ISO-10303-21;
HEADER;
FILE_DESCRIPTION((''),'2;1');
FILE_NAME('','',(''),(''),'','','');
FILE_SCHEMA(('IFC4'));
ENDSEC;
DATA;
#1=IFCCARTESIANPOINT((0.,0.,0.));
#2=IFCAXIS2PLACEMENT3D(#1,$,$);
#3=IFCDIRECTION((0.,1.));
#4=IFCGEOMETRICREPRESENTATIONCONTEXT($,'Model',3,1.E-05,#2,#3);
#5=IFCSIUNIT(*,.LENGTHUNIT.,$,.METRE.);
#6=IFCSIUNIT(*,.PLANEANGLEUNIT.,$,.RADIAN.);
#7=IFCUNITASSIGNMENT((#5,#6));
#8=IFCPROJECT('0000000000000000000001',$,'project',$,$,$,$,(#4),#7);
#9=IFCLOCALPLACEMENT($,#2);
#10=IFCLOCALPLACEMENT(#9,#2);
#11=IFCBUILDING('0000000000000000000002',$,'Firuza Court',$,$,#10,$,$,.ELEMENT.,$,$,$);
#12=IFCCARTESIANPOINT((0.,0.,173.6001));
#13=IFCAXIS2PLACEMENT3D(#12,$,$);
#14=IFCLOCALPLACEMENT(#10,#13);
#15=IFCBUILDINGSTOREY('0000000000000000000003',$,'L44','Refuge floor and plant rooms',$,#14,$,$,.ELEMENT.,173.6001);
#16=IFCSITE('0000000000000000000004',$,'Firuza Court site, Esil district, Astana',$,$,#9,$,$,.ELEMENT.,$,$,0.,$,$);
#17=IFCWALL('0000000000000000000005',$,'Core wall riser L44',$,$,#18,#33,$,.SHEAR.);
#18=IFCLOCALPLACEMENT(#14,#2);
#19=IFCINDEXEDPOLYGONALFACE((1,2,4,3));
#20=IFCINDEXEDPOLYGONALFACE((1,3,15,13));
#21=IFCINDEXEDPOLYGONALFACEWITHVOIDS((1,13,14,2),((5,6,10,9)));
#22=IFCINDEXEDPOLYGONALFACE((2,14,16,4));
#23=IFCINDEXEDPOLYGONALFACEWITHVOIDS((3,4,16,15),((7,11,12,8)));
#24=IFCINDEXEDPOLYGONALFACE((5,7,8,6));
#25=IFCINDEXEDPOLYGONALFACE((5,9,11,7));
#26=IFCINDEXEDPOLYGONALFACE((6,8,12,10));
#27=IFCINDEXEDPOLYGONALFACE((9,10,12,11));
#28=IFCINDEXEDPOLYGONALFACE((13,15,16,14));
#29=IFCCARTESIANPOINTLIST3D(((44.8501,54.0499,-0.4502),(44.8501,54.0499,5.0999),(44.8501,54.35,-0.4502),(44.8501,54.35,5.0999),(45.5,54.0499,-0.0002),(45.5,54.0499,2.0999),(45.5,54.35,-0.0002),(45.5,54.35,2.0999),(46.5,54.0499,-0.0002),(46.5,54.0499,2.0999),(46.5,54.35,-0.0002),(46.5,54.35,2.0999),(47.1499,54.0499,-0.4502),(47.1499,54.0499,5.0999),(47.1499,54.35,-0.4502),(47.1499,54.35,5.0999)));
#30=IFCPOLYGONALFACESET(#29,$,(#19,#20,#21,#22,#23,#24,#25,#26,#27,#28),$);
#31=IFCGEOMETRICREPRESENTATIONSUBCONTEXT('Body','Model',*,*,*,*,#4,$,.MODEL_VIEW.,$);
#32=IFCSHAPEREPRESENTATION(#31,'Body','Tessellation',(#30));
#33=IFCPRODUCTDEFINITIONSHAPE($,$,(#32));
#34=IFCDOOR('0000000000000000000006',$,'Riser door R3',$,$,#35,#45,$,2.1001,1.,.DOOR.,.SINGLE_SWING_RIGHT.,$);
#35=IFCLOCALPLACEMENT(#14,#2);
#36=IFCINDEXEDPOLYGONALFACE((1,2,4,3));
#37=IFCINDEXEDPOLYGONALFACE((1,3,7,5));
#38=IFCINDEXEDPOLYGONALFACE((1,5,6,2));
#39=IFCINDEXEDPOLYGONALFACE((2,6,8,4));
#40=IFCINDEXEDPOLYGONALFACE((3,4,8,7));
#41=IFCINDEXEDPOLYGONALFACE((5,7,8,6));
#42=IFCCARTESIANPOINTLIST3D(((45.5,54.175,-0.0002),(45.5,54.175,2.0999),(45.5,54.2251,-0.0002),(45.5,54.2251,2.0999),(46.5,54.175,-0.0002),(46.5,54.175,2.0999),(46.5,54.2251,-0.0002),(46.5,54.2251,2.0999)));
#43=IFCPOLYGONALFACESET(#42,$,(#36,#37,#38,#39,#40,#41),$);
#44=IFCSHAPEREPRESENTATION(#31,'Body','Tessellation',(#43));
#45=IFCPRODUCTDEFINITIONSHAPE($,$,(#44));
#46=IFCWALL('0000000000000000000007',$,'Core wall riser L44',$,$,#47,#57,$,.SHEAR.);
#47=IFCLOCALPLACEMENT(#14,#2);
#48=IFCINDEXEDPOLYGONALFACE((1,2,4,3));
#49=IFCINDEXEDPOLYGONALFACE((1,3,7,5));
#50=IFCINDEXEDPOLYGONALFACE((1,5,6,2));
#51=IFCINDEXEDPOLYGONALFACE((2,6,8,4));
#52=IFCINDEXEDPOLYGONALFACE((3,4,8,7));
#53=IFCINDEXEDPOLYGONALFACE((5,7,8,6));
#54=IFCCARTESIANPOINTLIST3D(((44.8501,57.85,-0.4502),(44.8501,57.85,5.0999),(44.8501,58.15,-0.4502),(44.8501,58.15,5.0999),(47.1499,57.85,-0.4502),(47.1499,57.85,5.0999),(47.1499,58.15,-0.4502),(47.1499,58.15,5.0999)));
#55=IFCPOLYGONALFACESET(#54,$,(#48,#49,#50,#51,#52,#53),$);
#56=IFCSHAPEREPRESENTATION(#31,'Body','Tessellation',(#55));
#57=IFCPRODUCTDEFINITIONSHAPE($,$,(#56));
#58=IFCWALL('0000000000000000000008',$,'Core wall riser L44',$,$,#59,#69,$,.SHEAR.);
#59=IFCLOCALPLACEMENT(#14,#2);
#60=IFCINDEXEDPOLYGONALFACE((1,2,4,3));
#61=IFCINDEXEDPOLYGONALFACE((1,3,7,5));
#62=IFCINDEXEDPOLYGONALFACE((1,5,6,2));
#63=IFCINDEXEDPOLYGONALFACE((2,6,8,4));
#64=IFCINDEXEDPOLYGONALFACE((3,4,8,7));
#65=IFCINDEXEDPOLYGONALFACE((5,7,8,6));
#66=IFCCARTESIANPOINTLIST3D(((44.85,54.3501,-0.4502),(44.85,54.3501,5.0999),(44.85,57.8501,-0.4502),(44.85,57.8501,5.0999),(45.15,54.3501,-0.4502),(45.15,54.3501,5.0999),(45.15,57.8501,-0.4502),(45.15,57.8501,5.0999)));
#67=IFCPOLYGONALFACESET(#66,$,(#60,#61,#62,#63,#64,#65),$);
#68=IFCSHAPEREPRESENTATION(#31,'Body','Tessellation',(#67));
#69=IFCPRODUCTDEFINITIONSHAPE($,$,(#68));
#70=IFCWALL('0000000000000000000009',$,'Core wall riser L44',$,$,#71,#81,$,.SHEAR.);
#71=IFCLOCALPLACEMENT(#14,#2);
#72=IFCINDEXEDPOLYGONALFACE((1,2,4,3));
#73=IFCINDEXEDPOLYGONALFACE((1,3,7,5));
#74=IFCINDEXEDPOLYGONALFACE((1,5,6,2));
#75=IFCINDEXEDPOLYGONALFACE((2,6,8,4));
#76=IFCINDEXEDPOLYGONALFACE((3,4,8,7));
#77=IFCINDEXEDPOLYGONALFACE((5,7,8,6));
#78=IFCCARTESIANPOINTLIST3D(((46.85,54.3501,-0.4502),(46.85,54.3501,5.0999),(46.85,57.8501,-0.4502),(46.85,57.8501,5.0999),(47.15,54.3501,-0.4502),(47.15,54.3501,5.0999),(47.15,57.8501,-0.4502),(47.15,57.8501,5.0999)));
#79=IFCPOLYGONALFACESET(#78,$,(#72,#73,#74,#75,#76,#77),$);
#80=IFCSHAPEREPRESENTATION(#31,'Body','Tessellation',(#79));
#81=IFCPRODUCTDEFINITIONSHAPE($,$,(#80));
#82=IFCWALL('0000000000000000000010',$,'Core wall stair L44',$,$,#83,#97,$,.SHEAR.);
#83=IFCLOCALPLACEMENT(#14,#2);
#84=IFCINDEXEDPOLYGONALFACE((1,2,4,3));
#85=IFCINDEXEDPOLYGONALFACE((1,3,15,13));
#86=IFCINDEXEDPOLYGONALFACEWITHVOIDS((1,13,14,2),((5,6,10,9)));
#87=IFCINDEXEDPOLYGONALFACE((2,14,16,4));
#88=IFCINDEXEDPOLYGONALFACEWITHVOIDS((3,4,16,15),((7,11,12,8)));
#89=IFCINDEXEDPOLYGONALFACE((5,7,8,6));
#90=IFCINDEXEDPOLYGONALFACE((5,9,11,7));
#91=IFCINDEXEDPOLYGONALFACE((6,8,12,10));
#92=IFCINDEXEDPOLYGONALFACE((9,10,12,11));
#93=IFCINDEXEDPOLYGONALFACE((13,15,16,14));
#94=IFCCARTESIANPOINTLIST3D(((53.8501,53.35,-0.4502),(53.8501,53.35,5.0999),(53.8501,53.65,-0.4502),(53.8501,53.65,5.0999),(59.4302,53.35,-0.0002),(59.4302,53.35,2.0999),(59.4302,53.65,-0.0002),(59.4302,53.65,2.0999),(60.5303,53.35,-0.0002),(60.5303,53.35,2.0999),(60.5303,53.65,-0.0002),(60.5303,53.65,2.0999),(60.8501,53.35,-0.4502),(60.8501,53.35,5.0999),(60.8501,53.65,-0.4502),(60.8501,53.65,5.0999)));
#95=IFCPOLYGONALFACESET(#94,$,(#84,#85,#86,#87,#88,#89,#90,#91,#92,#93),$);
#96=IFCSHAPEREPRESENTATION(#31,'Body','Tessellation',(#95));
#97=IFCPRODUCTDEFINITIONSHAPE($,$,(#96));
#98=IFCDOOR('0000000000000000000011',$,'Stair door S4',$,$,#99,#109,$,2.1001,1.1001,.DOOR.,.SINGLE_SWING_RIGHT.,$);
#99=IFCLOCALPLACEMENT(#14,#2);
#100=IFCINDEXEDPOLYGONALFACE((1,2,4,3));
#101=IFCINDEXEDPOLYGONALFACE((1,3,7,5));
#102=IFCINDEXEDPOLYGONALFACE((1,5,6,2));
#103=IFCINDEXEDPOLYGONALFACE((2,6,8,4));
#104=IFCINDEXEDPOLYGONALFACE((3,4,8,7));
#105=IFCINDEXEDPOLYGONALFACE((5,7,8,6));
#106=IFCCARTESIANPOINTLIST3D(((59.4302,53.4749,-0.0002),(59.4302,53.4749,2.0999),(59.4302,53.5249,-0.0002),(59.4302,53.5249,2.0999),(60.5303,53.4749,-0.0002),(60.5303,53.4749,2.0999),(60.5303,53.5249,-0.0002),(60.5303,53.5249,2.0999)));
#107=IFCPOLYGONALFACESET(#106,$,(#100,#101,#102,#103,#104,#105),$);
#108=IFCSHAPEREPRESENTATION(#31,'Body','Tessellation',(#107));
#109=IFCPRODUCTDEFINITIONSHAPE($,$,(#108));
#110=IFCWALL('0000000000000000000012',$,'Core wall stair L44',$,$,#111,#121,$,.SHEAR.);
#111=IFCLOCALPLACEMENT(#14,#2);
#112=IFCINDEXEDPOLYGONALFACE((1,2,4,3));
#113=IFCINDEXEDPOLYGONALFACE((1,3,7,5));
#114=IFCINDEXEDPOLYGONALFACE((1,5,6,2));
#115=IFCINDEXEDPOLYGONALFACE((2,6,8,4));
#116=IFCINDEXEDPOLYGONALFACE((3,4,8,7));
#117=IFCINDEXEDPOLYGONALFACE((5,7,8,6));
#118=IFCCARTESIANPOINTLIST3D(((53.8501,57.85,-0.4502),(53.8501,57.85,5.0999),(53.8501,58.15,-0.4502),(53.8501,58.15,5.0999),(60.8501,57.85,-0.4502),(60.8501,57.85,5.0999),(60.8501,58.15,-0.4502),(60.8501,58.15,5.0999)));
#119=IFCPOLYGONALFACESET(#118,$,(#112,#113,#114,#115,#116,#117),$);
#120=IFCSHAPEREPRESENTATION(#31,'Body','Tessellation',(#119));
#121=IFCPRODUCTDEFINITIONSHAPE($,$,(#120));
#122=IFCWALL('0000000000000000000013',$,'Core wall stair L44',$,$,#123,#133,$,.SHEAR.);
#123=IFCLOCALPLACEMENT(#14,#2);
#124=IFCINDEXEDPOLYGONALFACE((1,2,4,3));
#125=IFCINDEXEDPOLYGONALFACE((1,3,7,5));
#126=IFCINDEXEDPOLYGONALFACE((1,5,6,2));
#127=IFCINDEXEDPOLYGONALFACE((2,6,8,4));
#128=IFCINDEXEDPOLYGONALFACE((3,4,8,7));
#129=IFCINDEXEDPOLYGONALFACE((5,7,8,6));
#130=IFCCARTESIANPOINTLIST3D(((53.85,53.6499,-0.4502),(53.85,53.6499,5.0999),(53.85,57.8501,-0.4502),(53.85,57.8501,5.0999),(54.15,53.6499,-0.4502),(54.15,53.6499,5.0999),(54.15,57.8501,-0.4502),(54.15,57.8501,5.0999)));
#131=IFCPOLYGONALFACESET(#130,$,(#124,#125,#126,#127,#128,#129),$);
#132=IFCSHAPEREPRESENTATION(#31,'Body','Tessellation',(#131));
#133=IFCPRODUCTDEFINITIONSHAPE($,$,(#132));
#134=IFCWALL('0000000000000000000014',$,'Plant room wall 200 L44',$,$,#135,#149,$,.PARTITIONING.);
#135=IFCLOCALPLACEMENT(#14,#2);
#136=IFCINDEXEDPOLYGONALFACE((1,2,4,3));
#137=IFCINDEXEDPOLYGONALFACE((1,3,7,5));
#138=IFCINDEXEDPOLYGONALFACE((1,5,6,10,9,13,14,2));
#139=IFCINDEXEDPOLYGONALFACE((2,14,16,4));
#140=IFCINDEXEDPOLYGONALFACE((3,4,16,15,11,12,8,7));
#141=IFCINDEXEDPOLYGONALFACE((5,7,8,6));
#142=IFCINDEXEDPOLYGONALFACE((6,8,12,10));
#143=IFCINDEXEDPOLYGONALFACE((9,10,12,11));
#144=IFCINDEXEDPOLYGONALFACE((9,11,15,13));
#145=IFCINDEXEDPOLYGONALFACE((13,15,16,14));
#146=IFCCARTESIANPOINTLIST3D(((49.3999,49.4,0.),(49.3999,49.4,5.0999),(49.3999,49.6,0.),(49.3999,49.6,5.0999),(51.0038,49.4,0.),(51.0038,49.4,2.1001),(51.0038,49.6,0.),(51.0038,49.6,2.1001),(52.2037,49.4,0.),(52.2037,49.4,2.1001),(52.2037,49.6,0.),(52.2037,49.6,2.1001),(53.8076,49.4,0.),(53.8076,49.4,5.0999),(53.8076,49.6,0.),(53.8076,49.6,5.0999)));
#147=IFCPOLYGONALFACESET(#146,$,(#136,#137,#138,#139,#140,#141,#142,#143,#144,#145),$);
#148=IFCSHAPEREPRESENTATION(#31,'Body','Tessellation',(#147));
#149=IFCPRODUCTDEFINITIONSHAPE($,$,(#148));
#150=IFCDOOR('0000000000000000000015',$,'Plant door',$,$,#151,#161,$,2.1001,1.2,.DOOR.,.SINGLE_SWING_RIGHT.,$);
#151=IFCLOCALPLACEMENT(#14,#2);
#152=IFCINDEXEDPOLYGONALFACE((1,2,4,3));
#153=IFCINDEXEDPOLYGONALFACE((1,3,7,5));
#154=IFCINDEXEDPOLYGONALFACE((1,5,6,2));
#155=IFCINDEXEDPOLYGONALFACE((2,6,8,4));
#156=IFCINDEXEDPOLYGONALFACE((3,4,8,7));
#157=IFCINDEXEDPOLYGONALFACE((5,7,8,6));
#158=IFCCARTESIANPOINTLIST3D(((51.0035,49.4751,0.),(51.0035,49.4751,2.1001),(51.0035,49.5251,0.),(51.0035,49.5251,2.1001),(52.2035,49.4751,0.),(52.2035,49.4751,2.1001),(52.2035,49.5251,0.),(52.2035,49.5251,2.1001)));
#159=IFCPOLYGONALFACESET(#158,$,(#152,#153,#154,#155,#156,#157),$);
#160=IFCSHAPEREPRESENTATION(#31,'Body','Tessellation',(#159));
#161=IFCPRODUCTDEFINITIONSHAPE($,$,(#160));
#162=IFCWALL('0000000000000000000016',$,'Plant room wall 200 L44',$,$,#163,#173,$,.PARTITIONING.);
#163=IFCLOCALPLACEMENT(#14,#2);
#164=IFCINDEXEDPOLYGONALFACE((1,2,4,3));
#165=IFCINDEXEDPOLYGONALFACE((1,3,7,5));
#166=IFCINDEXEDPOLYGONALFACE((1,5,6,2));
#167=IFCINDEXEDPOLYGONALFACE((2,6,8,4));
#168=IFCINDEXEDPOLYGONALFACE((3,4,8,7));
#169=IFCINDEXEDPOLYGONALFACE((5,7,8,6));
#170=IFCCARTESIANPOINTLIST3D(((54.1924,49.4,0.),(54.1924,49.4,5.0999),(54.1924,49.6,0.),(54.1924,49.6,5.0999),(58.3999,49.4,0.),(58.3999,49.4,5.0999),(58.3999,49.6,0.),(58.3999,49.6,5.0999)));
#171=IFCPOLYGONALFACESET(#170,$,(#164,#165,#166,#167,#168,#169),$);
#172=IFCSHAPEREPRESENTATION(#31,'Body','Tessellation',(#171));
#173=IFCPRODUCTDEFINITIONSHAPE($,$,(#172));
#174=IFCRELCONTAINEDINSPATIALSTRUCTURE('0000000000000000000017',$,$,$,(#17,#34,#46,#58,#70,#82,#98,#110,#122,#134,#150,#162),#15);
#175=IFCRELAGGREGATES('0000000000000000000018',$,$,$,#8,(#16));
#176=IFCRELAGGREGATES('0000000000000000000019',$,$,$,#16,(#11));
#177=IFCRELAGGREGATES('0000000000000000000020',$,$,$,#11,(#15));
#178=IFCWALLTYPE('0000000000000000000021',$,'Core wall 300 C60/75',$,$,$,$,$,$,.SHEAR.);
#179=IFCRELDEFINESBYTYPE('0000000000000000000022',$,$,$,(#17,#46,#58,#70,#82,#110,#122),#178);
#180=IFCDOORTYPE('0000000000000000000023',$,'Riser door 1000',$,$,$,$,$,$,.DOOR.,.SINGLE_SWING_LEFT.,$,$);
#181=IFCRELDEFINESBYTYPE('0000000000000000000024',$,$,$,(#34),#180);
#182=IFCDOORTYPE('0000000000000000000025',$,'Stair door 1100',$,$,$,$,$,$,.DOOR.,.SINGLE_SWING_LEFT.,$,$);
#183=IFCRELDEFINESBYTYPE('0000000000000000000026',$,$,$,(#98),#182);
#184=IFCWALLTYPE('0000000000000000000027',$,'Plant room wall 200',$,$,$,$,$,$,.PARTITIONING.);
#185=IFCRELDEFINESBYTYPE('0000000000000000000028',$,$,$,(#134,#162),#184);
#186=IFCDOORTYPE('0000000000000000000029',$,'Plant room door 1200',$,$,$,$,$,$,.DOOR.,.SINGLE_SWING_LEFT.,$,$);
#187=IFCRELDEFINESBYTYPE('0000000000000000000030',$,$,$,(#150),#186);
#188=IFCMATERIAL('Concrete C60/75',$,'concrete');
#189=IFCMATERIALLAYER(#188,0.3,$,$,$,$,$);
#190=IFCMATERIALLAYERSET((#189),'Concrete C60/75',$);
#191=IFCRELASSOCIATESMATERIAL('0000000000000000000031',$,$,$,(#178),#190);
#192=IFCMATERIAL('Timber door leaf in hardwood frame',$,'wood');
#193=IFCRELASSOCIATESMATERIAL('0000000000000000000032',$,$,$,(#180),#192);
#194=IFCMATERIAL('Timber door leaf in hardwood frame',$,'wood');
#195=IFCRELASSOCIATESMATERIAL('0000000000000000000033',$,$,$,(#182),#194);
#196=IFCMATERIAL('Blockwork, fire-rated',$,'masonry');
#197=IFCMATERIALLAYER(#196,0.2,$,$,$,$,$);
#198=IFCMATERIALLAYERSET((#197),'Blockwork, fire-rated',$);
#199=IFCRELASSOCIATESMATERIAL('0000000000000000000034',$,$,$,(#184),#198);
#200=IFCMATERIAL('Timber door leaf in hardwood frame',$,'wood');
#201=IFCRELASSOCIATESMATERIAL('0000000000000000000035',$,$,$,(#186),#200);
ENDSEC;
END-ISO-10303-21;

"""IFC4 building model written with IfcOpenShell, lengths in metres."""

from ifc_helpers import new_model, si_unit, direction, frame, frame_2d, origin, place, context, subcontext, project, spatial, rectangle, extrude, material, layer, layer_set, type_object, element, fill, save


model = new_model("IFC4")

# Units and contexts
model_context = context("Model", 3, precision=1e-05, world=origin(), true_north=direction((0.0, 1.0)))
body_context = subcontext(model_context, "Body", "Model", "MODEL_VIEW")
ifc_project = project(units=[si_unit("LENGTHUNIT", "METRE"), si_unit("PLANEANGLEUNIT", "RADIAN")], contexts=[model_context])

# Site, building, storey
site_placement = place(None, origin())
site = spatial("IfcSite", under=ifc_project, at=site_placement, Name="Firuza Court site, Esil district, Astana", CompositionType="ELEMENT", RefElevation=0.0)
building_placement = place(site_placement, origin())
building = spatial("IfcBuilding", under=site, at=building_placement, Name="Firuza Court", CompositionType="ELEMENT")
storey_placement = place(building_placement, frame((0.0, 0.0, 173.6001)))
storey = spatial("IfcBuildingStorey", under=building, at=storey_placement, Name="L44", Description="Refuge floor and plant rooms", CompositionType="ELEMENT", Elevation=173.6001)

# Shared definitions
ifc_material_1 = material(Name="Concrete C60/75", Category="concrete")
ifc_layer_1 = layer(ifc_material_1, 0.3)
ifc_layer_set_1 = layer_set([ifc_layer_1], Name="Concrete C60/75")
wall_type_1 = type_object("IfcWallType", Name="Core wall 300 C60/75", PredefinedType="SHEAR", material=ifc_layer_set_1)

# Wall, opening, door
wall_1_placement = place(storey_placement, frame((44.8501, 54.2, -0.4502), z_axis=(0.0, 0.0, 1.0), x_axis=(1.0, 0.0, 0.0)))
wall_1 = element("IfcWall", 1, at=wall_1_placement, inside=storey, type_object=wall_type_1, Name="Core wall riser L44", PredefinedType="SHEAR", context=body_context, shape_type="SweptSolid", body=[
    extrude(rectangle(XDim=2.2998, YDim=0.3, at=frame_2d((1.1499, 0.0))), origin(), (0.0, 0.0, 1.0), 5.55),
])
opening_1_placement = place(wall_1_placement, frame((0.6499, 0.0, 0.45)))
opening_1 = element("IfcOpeningElement", 2, at=opening_1_placement, cuts=wall_1, PredefinedType="OPENING", context=body_context, shape_type="SweptSolid", body=[
    extrude(rectangle(XDim=1.0, YDim=2.1001, at=frame_2d((0.5, 1.05))), frame((0.0, 0.1621, 0.0), z_axis=(0.0, -1.0, 0.0), x_axis=(1.0, 0.0, 0.0)), (0.0, 0.0, 1.0), 0.324),
])
ifc_material_2 = material(Name="Timber door leaf in hardwood frame", Category="wood")
door_type_1 = type_object("IfcDoorType", Name="Riser door 1000", OperationType="SINGLE_SWING_LEFT", PredefinedType="DOOR", material=ifc_material_2)
door_1_placement = place(opening_1_placement, frame((1.0, 0.0, 0.0), z_axis=(0.0, 0.0, 1.0), x_axis=(-1.0, 0.0, 0.0)))
door_1 = element("IfcDoor", 3, at=door_1_placement, inside=storey, type_object=door_type_1, Name="Riser door R3", OperationType="SINGLE_SWING_RIGHT", OverallHeight=2.1001, OverallWidth=1.0, PredefinedType="DOOR", context=body_context, shape_type="SweptSolid", body=[
    extrude(rectangle(XDim=1.0, YDim=2.1001, at=frame_2d((0.5, 1.05))), frame((0.0, 0.0249, 0.0), z_axis=(0.0, -1.0, 0.0), x_axis=(1.0, 0.0, 0.0)), (0.0, 0.0, 1.0), 0.05),
])
fill(opening_1, door_1)

# Walls
wall_2_placement = place(storey_placement, frame((44.8501, 58.0, -0.4502), z_axis=(0.0, 0.0, 1.0), x_axis=(1.0, 0.0, 0.0)))
element("IfcWall", 4, at=wall_2_placement, inside=storey, type_object=wall_type_1, Name="Core wall riser L44", PredefinedType="SHEAR", context=body_context, shape_type="SweptSolid", body=[
    extrude(rectangle(XDim=2.2998, YDim=0.3, at=frame_2d((1.1499, 0.0))), origin(), (0.0, 0.0, 1.0), 5.55),
])
for number, where, z_axis, x_axis, name in (
    (5, (45.0, 54.3501, -0.4502), (0.0, 0.0, 1.0), (0.0, 1.0, 0.0), "Core wall riser L44"),
    (6, (47.0, 54.3501, -0.4502), (0.0, 0.0, 1.0), (0.0, 1.0, 0.0), "Core wall riser L44"),
):
    element("IfcWall", number, at=place(storey_placement, frame(where, z_axis=z_axis, x_axis=x_axis)), inside=storey, type_object=wall_type_1, Name=name, PredefinedType="SHEAR", context=body_context, shape_type="SweptSolid", body=[
        extrude(rectangle(XDim=3.5, YDim=0.3, at=frame_2d((1.75, 0.0))), origin(), (0.0, 0.0, 1.0), 5.55),
    ])

# Wall, opening, door
wall_3_placement = place(storey_placement, frame((53.8501, 53.5, -0.4502), z_axis=(0.0, 0.0, 1.0), x_axis=(1.0, 0.0, 0.0)))
wall_3 = element("IfcWall", 7, at=wall_3_placement, inside=storey, type_object=wall_type_1, Name="Core wall stair L44", PredefinedType="SHEAR", context=body_context, shape_type="SweptSolid", body=[
    extrude(rectangle(XDim=7.0, YDim=0.3, at=frame_2d((3.5, 0.0))), origin(), (0.0, 0.0, 1.0), 5.55),
])
opening_2_placement = place(wall_3_placement, frame((5.5801, 0.0, 0.45)))
opening_2 = element("IfcOpeningElement", 8, at=opening_2_placement, cuts=wall_3, PredefinedType="OPENING", context=body_context, shape_type="SweptSolid", body=[
    extrude(rectangle(XDim=1.1001, YDim=2.1001, at=frame_2d((0.55, 1.05))), frame((0.0, 0.1621, 0.0), z_axis=(0.0, -1.0, 0.0), x_axis=(1.0, 0.0, 0.0)), (0.0, 0.0, 1.0), 0.324),
])
ifc_material_3 = material(Name="Timber door leaf in hardwood frame", Category="wood")
door_type_2 = type_object("IfcDoorType", Name="Stair door 1100", OperationType="SINGLE_SWING_LEFT", PredefinedType="DOOR", material=ifc_material_3)
door_2_placement = place(opening_2_placement, origin())
door_2 = element("IfcDoor", 9, at=door_2_placement, inside=storey, type_object=door_type_2, Name="Stair door S4", OperationType="SINGLE_SWING_RIGHT", OverallHeight=2.1001, OverallWidth=1.1001, PredefinedType="DOOR", context=body_context, shape_type="SweptSolid", body=[
    extrude(rectangle(XDim=1.1001, YDim=2.1001, at=frame_2d((0.55, 1.05))), frame((0.0, 0.0249, 0.0), z_axis=(0.0, -1.0, 0.0), x_axis=(1.0, 0.0, 0.0)), (0.0, 0.0, 1.0), 0.05),
])
fill(opening_2, door_2)

# Walls
wall_4_placement = place(storey_placement, frame((53.8501, 58.0, -0.4502), z_axis=(0.0, 0.0, 1.0), x_axis=(1.0, 0.0, 0.0)))
element("IfcWall", 10, at=wall_4_placement, inside=storey, type_object=wall_type_1, Name="Core wall stair L44", PredefinedType="SHEAR", context=body_context, shape_type="SweptSolid", body=[
    extrude(rectangle(XDim=7.0, YDim=0.3, at=frame_2d((3.5, 0.0))), origin(), (0.0, 0.0, 1.0), 5.55),
])
wall_5_placement = place(storey_placement, frame((54.0, 53.6499, -0.4502), z_axis=(0.0, 0.0, 1.0), x_axis=(0.0, 1.0, 0.0)))
element("IfcWall", 11, at=wall_5_placement, inside=storey, type_object=wall_type_1, Name="Core wall stair L44", PredefinedType="SHEAR", context=body_context, shape_type="SweptSolid", body=[
    extrude(rectangle(XDim=4.2002, YDim=0.3, at=frame_2d((2.1001, 0.0))), origin(), (0.0, 0.0, 1.0), 5.55),
])

# Wall, opening, door
ifc_material_4 = material(Name="Blockwork, fire-rated", Category="masonry")
ifc_layer_2 = layer(ifc_material_4, 0.2)
ifc_layer_set_2 = layer_set([ifc_layer_2], Name="Blockwork, fire-rated")
wall_type_2 = type_object("IfcWallType", Name="Plant room wall 200", PredefinedType="PARTITIONING", material=ifc_layer_set_2)
wall_6_placement = place(storey_placement, frame((49.3999, 49.5, 0.0), z_axis=(0.0, 0.0, 1.0), x_axis=(1.0, 0.0, 0.0)))
wall_6 = element("IfcWall", 12, at=wall_6_placement, inside=storey, type_object=wall_type_2, Name="Plant room wall 200 L44", PredefinedType="PARTITIONING", context=body_context, shape_type="SweptSolid", body=[
    extrude(rectangle(XDim=4.4077, YDim=0.2, at=frame_2d((2.2039, 0.0))), origin(), (0.0, 0.0, 1.0), 5.0999),
])
opening_3_placement = place(wall_6_placement, frame((1.6038, 0.0, 0.0)))
opening_3 = element("IfcOpeningElement", 13, at=opening_3_placement, cuts=wall_6, PredefinedType="OPENING", context=body_context, shape_type="SweptSolid", body=[
    extrude(rectangle(XDim=1.2, YDim=2.1001, at=frame_2d((0.6001, 1.05))), frame((0.0, 0.1118, 0.0), z_axis=(0.0, -1.0, 0.0), x_axis=(1.0, 0.0, 0.0)), (0.0, 0.0, 1.0), 0.2239),
])
ifc_material_5 = material(Name="Timber door leaf in hardwood frame", Category="wood")
door_type_3 = type_object("IfcDoorType", Name="Plant room door 1200", OperationType="SINGLE_SWING_LEFT", PredefinedType="DOOR", material=ifc_material_5)
door_3_placement = place(opening_3_placement, frame((1.2, 0.0, 0.0), z_axis=(0.0, 0.0, 1.0), x_axis=(-1.0, 0.0, 0.0)))
door_3 = element("IfcDoor", 14, at=door_3_placement, inside=storey, type_object=door_type_3, Name="Plant door", OperationType="SINGLE_SWING_RIGHT", OverallHeight=2.1001, OverallWidth=1.2, PredefinedType="DOOR", context=body_context, shape_type="SweptSolid", body=[
    extrude(rectangle(XDim=1.2, YDim=2.1001, at=frame_2d((0.6001, 1.05))), frame((0.0, 0.0249, 0.0), z_axis=(0.0, -1.0, 0.0), x_axis=(1.0, 0.0, 0.0)), (0.0, 0.0, 1.0), 0.05),
])
fill(opening_3, door_3)

# Wall
wall_7_placement = place(storey_placement, frame((54.1924, 49.5, 0.0), z_axis=(0.0, 0.0, 1.0), x_axis=(1.0, 0.0, 0.0)))
element("IfcWall", 15, at=wall_7_placement, inside=storey, type_object=wall_type_2, Name="Plant room wall 200 L44", PredefinedType="PARTITIONING", context=body_context, shape_type="SweptSolid", body=[
    extrude(rectangle(XDim=4.2075, YDim=0.2, at=frame_2d((2.1038, 0.0))), origin(), (0.0, 0.0, 1.0), 5.0999),
])

save(model, "model.ifc")
